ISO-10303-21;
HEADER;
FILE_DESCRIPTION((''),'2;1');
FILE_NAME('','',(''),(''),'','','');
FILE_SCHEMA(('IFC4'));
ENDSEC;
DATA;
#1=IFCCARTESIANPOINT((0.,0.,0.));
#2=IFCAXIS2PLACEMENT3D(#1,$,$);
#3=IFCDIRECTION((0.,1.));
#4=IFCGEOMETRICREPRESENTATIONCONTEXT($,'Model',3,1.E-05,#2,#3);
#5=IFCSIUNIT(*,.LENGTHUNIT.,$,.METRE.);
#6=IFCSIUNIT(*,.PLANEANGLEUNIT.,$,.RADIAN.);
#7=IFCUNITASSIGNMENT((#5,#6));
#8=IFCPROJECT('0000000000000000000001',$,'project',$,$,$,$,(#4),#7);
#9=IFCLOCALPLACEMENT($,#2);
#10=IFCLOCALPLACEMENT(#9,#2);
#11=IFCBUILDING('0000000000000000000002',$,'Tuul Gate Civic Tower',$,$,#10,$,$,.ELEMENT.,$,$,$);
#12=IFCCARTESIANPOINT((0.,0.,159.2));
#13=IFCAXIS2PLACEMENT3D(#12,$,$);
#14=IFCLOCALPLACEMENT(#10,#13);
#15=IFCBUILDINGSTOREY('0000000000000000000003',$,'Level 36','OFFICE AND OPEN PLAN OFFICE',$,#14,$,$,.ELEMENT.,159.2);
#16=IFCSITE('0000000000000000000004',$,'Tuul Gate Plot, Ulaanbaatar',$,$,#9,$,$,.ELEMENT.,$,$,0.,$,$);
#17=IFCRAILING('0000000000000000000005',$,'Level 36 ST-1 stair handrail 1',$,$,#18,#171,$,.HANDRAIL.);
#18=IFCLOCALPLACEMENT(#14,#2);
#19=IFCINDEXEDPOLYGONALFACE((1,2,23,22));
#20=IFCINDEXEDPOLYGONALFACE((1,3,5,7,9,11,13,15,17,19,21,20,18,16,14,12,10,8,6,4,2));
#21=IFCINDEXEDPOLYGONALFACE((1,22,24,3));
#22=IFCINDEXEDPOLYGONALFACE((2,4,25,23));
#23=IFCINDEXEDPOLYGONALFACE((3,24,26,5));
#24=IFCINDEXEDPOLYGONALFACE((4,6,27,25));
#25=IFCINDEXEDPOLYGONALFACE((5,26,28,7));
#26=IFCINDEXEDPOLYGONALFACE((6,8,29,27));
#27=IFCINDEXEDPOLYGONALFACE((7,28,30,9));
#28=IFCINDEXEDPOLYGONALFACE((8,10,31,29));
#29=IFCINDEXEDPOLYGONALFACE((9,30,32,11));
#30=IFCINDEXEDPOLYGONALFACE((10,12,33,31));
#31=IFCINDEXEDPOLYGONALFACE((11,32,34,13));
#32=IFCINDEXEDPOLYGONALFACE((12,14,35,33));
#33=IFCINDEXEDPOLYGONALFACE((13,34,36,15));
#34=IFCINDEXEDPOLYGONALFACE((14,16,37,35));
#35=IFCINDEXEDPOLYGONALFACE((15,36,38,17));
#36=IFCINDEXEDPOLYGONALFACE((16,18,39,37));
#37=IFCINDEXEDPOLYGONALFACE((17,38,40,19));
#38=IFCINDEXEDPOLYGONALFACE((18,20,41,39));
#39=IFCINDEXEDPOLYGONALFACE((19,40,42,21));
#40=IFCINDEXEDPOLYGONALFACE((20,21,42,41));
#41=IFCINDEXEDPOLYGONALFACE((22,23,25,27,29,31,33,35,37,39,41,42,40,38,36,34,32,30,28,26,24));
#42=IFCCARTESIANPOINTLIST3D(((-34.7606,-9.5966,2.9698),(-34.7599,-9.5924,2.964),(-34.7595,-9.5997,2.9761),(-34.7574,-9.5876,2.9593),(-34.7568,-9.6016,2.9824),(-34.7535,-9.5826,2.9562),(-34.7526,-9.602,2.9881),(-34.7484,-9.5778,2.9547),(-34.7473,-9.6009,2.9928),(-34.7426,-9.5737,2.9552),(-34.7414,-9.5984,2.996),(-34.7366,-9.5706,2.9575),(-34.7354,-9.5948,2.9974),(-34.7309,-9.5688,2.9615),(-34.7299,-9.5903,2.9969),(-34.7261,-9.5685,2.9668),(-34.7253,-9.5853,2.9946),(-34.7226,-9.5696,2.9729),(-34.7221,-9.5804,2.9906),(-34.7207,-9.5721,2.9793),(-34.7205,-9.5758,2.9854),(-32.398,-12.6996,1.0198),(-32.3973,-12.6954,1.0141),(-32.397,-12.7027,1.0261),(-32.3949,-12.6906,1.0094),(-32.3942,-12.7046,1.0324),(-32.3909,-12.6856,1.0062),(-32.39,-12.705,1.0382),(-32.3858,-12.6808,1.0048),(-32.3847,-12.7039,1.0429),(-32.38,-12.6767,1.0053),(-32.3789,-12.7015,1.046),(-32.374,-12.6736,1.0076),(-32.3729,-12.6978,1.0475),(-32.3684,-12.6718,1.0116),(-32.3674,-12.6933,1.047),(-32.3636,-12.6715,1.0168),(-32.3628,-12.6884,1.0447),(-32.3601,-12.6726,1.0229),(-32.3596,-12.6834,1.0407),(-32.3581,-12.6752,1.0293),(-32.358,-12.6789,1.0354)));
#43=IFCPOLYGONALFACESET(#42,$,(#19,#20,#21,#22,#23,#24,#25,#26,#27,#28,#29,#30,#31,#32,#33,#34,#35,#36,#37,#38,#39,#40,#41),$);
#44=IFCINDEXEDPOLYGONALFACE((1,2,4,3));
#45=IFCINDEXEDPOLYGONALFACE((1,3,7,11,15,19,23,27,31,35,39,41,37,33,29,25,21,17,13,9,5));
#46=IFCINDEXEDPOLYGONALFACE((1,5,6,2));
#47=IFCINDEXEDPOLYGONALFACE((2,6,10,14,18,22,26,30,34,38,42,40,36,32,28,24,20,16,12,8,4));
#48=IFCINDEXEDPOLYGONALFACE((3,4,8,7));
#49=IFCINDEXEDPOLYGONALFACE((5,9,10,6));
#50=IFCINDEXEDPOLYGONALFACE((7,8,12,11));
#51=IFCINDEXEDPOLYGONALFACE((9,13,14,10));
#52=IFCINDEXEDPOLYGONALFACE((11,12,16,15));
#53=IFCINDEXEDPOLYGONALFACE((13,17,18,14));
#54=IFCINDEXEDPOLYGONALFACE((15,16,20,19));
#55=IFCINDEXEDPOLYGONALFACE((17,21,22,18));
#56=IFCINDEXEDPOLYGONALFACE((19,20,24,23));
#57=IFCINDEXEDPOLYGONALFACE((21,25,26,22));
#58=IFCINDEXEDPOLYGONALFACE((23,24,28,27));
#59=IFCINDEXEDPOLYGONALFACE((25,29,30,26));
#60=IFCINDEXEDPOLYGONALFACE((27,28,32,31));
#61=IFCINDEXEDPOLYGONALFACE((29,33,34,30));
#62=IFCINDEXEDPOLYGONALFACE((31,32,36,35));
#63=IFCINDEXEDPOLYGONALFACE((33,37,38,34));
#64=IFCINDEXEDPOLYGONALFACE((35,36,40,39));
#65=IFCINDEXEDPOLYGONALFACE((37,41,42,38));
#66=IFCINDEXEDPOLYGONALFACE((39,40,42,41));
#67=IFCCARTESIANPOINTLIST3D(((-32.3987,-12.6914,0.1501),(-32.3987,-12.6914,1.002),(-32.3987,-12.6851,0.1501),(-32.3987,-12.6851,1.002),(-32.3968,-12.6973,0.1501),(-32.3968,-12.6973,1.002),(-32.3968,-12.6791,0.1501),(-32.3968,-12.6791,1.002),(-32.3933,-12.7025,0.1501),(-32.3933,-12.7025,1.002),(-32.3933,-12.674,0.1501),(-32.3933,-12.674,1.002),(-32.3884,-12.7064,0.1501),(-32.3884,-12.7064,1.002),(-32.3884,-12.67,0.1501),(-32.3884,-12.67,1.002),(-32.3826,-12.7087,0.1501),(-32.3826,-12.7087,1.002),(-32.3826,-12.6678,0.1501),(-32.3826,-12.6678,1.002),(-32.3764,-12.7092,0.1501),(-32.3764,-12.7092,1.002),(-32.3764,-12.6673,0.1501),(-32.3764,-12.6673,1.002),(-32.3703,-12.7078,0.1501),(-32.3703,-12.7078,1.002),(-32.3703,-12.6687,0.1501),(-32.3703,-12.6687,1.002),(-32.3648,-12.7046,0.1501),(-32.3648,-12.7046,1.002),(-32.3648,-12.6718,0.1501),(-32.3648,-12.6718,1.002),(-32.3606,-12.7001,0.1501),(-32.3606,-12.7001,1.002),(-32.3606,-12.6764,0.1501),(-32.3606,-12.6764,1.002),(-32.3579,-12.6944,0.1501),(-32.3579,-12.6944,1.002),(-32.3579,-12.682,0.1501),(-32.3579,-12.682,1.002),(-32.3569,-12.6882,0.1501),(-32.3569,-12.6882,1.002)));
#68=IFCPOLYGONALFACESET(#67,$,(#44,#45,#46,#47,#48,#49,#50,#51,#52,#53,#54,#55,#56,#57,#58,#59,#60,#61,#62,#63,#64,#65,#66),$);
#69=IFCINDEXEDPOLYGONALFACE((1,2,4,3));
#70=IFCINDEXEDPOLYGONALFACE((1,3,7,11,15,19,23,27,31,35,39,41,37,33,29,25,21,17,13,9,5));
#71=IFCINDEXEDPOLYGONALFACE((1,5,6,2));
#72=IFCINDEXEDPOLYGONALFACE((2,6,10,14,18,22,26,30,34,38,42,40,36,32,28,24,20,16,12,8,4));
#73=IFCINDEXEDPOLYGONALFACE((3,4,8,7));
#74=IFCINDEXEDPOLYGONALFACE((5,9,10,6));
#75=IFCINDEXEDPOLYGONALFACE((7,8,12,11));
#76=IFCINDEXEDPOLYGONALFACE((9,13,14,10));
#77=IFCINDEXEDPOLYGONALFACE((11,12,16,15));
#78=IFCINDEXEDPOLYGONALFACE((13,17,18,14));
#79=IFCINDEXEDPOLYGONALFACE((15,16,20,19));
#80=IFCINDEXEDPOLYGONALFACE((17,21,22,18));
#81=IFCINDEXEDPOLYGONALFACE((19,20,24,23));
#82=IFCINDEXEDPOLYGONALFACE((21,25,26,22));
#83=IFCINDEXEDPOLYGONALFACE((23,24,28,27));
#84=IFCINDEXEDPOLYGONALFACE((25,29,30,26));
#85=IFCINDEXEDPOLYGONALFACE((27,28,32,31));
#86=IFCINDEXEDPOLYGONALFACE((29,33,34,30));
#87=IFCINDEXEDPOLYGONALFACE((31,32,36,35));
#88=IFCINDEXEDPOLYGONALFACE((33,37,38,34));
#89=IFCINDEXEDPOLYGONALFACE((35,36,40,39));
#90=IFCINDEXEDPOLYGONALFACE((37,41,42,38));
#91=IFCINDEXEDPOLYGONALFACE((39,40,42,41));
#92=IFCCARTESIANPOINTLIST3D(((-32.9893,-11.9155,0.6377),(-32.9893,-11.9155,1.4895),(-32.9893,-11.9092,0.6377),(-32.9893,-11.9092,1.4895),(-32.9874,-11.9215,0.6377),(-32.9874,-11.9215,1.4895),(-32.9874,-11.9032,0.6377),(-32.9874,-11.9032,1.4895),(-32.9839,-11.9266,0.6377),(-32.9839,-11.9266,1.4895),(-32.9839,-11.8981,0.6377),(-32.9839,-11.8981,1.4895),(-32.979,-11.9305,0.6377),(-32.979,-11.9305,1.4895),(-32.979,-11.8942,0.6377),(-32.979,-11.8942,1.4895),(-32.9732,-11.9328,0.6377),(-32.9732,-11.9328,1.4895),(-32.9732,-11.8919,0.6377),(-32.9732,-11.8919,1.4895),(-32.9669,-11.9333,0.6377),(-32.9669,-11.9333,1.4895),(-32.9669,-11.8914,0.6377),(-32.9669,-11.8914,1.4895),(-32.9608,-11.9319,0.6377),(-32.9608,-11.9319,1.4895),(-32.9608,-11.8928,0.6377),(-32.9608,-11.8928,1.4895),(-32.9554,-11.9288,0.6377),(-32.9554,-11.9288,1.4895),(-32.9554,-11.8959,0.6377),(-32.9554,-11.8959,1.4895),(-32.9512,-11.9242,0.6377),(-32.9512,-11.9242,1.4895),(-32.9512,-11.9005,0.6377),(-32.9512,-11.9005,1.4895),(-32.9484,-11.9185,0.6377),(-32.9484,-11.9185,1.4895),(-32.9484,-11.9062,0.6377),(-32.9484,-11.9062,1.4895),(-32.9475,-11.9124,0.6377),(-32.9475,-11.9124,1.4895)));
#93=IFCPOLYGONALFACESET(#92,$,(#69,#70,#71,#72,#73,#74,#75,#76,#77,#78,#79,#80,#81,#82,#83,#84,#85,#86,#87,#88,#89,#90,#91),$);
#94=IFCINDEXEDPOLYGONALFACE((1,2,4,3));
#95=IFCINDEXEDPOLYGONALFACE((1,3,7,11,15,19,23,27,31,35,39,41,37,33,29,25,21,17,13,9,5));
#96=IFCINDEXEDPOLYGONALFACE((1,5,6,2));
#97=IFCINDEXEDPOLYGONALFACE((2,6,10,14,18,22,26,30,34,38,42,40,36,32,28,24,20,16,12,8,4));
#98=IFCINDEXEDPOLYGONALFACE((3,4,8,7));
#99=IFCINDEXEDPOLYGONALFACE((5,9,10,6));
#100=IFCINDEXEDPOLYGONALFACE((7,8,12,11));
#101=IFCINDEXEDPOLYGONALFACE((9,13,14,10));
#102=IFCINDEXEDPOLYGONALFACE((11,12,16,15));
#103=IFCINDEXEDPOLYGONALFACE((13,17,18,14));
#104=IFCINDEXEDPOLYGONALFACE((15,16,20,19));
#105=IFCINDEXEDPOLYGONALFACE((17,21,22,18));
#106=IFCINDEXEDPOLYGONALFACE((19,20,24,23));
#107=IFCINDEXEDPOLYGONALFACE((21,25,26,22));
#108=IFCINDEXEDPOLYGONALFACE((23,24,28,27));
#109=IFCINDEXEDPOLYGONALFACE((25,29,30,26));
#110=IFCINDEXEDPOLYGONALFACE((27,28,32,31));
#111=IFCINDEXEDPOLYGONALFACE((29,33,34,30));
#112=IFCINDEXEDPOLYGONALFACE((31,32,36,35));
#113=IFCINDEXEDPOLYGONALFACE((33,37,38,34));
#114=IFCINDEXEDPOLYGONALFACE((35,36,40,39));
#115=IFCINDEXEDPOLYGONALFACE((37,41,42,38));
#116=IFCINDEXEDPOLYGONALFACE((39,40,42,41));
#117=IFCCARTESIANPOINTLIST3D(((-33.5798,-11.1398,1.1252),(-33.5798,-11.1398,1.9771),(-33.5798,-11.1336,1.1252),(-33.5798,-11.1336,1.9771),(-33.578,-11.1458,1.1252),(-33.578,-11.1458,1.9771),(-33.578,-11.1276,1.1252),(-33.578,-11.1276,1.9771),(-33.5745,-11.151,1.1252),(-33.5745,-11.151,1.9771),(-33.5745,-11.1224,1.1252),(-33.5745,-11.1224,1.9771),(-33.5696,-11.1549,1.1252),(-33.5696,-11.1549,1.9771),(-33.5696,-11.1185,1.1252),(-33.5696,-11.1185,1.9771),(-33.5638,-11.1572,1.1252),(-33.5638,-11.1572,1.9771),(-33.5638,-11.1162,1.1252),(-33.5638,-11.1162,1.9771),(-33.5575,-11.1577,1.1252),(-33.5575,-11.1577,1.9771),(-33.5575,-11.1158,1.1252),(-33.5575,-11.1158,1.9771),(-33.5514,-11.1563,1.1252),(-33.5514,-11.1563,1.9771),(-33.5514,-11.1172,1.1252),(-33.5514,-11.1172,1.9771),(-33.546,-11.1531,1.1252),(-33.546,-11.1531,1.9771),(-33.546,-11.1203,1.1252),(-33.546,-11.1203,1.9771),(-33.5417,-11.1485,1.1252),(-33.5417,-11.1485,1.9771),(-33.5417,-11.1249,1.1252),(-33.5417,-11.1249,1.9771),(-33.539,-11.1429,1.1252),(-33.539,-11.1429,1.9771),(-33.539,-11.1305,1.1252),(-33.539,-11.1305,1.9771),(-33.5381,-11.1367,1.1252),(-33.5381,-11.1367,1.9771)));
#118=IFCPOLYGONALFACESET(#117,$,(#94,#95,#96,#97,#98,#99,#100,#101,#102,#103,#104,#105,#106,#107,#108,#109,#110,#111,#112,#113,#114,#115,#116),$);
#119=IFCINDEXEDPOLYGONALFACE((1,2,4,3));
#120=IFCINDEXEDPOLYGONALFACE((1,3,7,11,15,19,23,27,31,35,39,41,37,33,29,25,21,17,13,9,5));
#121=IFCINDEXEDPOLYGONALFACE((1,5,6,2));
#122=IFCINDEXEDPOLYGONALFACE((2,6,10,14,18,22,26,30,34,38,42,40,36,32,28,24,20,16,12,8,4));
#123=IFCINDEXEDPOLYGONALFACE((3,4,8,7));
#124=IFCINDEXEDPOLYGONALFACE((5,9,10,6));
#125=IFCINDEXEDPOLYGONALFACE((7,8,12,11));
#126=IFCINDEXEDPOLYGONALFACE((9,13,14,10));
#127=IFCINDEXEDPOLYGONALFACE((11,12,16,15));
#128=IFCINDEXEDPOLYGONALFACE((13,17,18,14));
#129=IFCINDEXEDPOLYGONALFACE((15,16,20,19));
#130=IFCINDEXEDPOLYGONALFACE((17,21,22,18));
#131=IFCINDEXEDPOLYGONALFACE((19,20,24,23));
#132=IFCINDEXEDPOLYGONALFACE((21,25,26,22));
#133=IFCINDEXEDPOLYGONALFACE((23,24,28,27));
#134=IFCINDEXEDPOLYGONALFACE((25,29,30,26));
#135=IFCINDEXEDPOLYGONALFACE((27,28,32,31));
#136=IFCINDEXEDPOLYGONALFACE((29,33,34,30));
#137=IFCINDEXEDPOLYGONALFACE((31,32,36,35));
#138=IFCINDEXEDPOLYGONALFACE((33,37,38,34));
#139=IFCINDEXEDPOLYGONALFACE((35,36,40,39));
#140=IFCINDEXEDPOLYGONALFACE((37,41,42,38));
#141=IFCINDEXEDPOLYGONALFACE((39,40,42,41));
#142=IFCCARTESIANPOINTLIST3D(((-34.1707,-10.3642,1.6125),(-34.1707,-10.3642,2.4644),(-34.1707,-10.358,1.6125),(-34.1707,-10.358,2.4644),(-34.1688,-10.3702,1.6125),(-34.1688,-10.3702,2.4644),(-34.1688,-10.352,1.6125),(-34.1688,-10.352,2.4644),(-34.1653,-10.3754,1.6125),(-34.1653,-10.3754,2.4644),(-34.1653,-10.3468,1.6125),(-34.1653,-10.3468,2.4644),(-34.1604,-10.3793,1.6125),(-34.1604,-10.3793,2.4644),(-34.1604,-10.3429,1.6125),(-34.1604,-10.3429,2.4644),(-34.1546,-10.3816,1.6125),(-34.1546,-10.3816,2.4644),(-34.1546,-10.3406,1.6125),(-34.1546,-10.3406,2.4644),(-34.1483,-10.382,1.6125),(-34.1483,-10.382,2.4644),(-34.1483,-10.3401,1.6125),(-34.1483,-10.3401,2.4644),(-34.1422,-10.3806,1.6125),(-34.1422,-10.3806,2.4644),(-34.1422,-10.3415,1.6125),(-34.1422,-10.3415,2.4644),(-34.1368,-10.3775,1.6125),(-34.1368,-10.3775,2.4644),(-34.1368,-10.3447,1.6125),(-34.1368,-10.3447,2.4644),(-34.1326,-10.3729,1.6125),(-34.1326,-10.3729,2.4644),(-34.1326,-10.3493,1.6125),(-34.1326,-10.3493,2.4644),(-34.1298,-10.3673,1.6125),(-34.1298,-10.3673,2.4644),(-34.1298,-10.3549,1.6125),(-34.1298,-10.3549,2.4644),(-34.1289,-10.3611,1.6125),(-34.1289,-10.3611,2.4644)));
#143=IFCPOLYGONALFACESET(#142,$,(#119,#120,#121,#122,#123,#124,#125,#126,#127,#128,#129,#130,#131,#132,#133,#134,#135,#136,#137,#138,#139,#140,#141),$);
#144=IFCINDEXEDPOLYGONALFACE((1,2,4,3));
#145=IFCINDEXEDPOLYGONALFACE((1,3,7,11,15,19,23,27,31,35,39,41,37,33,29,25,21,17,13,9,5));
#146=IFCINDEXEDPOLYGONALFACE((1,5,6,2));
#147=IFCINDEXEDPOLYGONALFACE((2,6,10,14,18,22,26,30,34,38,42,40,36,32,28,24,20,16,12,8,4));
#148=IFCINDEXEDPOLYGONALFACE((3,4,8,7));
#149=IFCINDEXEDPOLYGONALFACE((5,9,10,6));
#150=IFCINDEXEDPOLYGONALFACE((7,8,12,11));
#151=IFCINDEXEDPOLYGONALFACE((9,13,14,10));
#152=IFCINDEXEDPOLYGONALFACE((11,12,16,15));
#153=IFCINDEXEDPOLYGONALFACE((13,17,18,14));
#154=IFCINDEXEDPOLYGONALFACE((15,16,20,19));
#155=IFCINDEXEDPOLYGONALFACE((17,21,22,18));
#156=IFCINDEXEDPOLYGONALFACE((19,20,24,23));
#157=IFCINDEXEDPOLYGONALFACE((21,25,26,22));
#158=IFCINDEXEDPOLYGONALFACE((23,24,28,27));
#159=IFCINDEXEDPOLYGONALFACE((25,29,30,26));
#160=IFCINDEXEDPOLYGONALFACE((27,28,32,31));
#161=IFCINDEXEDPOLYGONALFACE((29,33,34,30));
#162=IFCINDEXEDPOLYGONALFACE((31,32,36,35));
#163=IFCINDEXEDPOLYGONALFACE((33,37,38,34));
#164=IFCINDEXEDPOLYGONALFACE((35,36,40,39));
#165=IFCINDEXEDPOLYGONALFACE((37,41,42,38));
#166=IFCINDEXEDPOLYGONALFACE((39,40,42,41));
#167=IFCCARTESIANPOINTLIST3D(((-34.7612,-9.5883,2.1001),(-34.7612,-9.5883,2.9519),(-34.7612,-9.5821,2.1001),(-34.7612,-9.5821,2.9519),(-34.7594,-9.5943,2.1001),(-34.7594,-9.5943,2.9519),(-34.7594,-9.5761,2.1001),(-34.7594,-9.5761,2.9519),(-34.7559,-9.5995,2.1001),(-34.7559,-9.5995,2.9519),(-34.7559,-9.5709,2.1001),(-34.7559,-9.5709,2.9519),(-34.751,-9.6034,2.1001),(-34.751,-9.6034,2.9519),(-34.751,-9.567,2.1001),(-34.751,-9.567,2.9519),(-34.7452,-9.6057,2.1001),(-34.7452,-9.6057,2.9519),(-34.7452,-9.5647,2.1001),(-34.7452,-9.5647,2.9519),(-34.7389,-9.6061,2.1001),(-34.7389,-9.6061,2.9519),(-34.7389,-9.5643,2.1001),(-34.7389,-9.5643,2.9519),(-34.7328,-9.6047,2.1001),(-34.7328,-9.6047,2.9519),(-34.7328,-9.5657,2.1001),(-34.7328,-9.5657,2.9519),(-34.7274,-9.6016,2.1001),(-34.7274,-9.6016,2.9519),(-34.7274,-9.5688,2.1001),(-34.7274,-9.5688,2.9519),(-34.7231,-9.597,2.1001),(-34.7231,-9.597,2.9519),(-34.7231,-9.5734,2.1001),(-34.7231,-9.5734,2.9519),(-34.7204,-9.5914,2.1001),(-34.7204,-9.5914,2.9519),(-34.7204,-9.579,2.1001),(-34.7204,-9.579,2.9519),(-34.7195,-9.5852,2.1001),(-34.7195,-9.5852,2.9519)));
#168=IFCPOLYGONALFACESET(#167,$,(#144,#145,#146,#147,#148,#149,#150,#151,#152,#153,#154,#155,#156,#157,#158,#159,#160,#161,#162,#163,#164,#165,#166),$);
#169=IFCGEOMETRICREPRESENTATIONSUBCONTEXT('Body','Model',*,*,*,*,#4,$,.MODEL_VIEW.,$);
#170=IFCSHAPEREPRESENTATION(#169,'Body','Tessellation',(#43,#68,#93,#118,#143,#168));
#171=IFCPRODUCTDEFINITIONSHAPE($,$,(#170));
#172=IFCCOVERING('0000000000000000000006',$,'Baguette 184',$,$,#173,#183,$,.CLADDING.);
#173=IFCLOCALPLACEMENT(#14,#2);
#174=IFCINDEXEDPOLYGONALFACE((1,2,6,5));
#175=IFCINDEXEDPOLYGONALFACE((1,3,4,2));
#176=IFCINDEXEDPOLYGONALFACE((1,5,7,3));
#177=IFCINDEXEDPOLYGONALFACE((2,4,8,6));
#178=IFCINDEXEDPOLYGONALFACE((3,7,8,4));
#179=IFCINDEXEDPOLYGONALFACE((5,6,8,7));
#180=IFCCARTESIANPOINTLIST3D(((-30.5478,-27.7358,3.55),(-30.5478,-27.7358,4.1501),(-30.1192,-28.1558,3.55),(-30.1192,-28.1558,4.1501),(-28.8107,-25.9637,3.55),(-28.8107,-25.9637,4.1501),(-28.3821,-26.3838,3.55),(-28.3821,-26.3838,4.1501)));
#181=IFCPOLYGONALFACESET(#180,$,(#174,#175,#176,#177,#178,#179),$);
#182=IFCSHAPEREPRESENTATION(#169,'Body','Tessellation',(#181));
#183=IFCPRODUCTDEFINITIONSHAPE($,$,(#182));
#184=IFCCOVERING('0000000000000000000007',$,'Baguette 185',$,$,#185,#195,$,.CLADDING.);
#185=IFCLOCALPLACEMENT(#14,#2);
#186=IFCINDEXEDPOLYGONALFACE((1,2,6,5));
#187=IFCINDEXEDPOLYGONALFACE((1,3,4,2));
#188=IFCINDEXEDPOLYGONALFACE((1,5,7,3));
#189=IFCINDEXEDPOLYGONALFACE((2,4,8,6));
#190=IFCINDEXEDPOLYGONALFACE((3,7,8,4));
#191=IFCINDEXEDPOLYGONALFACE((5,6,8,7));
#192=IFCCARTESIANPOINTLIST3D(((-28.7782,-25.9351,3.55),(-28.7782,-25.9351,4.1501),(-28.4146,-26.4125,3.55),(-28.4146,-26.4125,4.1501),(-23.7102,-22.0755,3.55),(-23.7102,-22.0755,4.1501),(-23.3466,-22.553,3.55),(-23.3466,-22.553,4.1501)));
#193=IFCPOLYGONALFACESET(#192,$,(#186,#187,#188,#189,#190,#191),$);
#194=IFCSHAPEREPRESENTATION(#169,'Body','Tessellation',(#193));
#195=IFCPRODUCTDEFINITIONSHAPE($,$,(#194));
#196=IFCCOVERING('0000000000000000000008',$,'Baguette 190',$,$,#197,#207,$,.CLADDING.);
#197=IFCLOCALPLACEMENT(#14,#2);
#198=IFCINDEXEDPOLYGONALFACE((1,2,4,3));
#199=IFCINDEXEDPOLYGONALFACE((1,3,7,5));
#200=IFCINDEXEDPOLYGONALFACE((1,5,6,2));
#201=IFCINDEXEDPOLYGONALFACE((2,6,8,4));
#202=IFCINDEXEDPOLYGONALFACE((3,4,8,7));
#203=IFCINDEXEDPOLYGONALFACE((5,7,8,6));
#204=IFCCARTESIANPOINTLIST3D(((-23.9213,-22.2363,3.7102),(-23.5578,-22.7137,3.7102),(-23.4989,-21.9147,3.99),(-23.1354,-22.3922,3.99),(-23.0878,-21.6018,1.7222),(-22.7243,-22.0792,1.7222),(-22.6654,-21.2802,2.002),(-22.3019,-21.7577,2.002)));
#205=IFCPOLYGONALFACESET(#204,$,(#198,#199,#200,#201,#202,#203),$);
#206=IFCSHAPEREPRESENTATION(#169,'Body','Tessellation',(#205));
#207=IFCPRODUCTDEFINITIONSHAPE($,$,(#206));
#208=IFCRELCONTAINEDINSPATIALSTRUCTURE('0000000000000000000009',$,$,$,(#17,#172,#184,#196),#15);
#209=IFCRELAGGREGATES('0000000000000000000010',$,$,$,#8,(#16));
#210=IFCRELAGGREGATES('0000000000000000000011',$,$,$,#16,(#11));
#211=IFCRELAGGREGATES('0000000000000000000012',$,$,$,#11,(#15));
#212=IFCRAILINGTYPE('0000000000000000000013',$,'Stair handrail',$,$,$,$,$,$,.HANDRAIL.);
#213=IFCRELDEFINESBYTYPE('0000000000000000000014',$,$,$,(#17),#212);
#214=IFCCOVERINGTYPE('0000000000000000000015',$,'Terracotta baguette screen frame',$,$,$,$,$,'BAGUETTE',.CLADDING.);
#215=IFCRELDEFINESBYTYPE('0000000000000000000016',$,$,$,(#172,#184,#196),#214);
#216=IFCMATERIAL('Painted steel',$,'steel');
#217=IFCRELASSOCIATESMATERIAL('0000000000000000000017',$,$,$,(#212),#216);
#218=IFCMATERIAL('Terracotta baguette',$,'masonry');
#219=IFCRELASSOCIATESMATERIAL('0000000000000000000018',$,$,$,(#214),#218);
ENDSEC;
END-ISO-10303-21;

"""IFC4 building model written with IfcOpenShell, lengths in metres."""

from ifc_helpers import new_model, si_unit, direction, frame, origin, origin_2d, place, context, subcontext, project, spatial, rectangle, circle, extrude, material, material_profile, profile_set, type_object, element, save


model = new_model("IFC4")

# Units and contexts
model_context = context("Model", 3, precision=1e-05, world=origin(), true_north=direction((0.0, 1.0)))
body_context = subcontext(model_context, "Body", "Model", "MODEL_VIEW")
ifc_project = project(units=[si_unit("LENGTHUNIT", "METRE"), si_unit("PLANEANGLEUNIT", "RADIAN")], contexts=[model_context])

# Site, building, storey
site_placement = place(None, origin())
site = spatial("IfcSite", under=ifc_project, at=site_placement, Name="Tuul Gate Plot, Ulaanbaatar", CompositionType="ELEMENT", RefElevation=0.0)
building_placement = place(site_placement, origin())
building = spatial("IfcBuilding", under=site, at=building_placement, Name="Tuul Gate Civic Tower", CompositionType="ELEMENT")
storey_placement = place(building_placement, frame((0.0, 0.0, 159.2)))
storey = spatial("IfcBuildingStorey", under=building, at=storey_placement, Name="Level 36", Description="OFFICE AND OPEN PLAN OFFICE", CompositionType="ELEMENT", Elevation=159.2)

# Railing
ifc_material_1 = material(Name="Painted steel", Category="steel")
railing_type = type_object("IfcRailingType", Name="Stair handrail", PredefinedType="HANDRAIL", material=ifc_material_1)
railing_placement = place(storey_placement, frame((-32.3779, -12.6882, 0.1501)))
element("IfcRailing", 1, at=railing_placement, inside=storey, type_object=railing_type, Name="Level 36 ST-1 stair handrail 1", PredefinedType="HANDRAIL", context=body_context, shape_type="SweptSolid", body=[
    extrude(circle(Radius=0.0239, at=origin_2d()), frame((0.0, 0.0, 0.876), z_axis=(-0.541824, 0.711645, 0.4472), x_axis=(-0.795637, -0.605773, 0.0)), (0.0, 0.0, 1.0), 4.3604),
    extrude(circle(Radius=0.021, at=origin_2d()), origin(), (0.0, 0.0, 1.0), 0.8518),
    extrude(circle(Radius=0.021, at=origin_2d()), frame((-0.5906, 0.7759, 0.4875)), (0.0, 0.0, 1.0), 0.8518),
    extrude(circle(Radius=0.021, at=origin_2d()), frame((-1.1812, 1.5515, 0.9751)), (0.0, 0.0, 1.0), 0.8518),
    extrude(circle(Radius=0.021, at=origin_2d()), frame((-1.772, 2.3271, 1.4624)), (0.0, 0.0, 1.0), 0.8518),
    extrude(circle(Radius=0.021, at=origin_2d()), frame((-2.3625, 3.103, 1.95)), (0.0, 0.0, 1.0), 0.8518),
])

# Coverings
ifc_material_2 = material(Name="Terracotta baguette", Category="masonry")
ifc_material_profile_1 = material_profile(ifc_material_2, rectangle(XDim=0.6001, YDim=0.6001, at=origin_2d()), Name="Terracotta baguette screen frame")
ifc_profile_set_1 = profile_set([ifc_material_profile_1], Name="Terracotta baguette")
covering_type = type_object("IfcCoveringType", Name="Terracotta baguette screen frame", ElementType="BAGUETTE", PredefinedType="CLADDING", material=ifc_profile_set_1)
covering_1_placement = place(storey_placement, frame((-30.3335, -27.9458, 3.8501), z_axis=(0.700037, 0.714107, 0.0), x_axis=(-0.714107, 0.700037, 0.0)))
element("IfcCovering", 2, at=covering_1_placement, inside=storey, type_object=covering_type, Name="Baguette 184", PredefinedType="CLADDING", context=body_context, shape_type="SweptSolid", body=[
    extrude(rectangle(XDim=0.6001, YDim=0.6001, at=origin_2d()), origin(), (0.0, 0.0, 1.0), 2.4814),
])
covering_2_placement = place(storey_placement, frame((-28.5964, -26.1738, 3.8501), z_axis=(0.795568, 0.605864, 0.0), x_axis=(-0.605864, 0.795568, 0.0)))
element("IfcCovering", 3, at=covering_2_placement, inside=storey, type_object=covering_type, Name="Baguette 185", PredefinedType="CLADDING", context=body_context, shape_type="SweptSolid", body=[
    extrude(rectangle(XDim=0.6001, YDim=0.6001, at=origin_2d()), origin(), (0.0, 0.0, 1.0), 6.3704),
])
covering_3_placement = place(storey_placement, frame((-23.5283, -22.3142, 3.8501), z_axis=(0.370915, 0.282369, -0.884698), x_axis=(-0.605727, 0.795672, 0.0)))
element("IfcCovering", 4, at=covering_3_placement, inside=storey, type_object=covering_type, Name="Baguette 190", PredefinedType="CLADDING", context=body_context, shape_type="SweptSolid", body=[
    extrude(rectangle(XDim=0.6001, YDim=0.6001, at=origin_2d()), origin(), (0.0, 0.0, 1.0), 2.2471),
])

save(model, "model.ifc")
